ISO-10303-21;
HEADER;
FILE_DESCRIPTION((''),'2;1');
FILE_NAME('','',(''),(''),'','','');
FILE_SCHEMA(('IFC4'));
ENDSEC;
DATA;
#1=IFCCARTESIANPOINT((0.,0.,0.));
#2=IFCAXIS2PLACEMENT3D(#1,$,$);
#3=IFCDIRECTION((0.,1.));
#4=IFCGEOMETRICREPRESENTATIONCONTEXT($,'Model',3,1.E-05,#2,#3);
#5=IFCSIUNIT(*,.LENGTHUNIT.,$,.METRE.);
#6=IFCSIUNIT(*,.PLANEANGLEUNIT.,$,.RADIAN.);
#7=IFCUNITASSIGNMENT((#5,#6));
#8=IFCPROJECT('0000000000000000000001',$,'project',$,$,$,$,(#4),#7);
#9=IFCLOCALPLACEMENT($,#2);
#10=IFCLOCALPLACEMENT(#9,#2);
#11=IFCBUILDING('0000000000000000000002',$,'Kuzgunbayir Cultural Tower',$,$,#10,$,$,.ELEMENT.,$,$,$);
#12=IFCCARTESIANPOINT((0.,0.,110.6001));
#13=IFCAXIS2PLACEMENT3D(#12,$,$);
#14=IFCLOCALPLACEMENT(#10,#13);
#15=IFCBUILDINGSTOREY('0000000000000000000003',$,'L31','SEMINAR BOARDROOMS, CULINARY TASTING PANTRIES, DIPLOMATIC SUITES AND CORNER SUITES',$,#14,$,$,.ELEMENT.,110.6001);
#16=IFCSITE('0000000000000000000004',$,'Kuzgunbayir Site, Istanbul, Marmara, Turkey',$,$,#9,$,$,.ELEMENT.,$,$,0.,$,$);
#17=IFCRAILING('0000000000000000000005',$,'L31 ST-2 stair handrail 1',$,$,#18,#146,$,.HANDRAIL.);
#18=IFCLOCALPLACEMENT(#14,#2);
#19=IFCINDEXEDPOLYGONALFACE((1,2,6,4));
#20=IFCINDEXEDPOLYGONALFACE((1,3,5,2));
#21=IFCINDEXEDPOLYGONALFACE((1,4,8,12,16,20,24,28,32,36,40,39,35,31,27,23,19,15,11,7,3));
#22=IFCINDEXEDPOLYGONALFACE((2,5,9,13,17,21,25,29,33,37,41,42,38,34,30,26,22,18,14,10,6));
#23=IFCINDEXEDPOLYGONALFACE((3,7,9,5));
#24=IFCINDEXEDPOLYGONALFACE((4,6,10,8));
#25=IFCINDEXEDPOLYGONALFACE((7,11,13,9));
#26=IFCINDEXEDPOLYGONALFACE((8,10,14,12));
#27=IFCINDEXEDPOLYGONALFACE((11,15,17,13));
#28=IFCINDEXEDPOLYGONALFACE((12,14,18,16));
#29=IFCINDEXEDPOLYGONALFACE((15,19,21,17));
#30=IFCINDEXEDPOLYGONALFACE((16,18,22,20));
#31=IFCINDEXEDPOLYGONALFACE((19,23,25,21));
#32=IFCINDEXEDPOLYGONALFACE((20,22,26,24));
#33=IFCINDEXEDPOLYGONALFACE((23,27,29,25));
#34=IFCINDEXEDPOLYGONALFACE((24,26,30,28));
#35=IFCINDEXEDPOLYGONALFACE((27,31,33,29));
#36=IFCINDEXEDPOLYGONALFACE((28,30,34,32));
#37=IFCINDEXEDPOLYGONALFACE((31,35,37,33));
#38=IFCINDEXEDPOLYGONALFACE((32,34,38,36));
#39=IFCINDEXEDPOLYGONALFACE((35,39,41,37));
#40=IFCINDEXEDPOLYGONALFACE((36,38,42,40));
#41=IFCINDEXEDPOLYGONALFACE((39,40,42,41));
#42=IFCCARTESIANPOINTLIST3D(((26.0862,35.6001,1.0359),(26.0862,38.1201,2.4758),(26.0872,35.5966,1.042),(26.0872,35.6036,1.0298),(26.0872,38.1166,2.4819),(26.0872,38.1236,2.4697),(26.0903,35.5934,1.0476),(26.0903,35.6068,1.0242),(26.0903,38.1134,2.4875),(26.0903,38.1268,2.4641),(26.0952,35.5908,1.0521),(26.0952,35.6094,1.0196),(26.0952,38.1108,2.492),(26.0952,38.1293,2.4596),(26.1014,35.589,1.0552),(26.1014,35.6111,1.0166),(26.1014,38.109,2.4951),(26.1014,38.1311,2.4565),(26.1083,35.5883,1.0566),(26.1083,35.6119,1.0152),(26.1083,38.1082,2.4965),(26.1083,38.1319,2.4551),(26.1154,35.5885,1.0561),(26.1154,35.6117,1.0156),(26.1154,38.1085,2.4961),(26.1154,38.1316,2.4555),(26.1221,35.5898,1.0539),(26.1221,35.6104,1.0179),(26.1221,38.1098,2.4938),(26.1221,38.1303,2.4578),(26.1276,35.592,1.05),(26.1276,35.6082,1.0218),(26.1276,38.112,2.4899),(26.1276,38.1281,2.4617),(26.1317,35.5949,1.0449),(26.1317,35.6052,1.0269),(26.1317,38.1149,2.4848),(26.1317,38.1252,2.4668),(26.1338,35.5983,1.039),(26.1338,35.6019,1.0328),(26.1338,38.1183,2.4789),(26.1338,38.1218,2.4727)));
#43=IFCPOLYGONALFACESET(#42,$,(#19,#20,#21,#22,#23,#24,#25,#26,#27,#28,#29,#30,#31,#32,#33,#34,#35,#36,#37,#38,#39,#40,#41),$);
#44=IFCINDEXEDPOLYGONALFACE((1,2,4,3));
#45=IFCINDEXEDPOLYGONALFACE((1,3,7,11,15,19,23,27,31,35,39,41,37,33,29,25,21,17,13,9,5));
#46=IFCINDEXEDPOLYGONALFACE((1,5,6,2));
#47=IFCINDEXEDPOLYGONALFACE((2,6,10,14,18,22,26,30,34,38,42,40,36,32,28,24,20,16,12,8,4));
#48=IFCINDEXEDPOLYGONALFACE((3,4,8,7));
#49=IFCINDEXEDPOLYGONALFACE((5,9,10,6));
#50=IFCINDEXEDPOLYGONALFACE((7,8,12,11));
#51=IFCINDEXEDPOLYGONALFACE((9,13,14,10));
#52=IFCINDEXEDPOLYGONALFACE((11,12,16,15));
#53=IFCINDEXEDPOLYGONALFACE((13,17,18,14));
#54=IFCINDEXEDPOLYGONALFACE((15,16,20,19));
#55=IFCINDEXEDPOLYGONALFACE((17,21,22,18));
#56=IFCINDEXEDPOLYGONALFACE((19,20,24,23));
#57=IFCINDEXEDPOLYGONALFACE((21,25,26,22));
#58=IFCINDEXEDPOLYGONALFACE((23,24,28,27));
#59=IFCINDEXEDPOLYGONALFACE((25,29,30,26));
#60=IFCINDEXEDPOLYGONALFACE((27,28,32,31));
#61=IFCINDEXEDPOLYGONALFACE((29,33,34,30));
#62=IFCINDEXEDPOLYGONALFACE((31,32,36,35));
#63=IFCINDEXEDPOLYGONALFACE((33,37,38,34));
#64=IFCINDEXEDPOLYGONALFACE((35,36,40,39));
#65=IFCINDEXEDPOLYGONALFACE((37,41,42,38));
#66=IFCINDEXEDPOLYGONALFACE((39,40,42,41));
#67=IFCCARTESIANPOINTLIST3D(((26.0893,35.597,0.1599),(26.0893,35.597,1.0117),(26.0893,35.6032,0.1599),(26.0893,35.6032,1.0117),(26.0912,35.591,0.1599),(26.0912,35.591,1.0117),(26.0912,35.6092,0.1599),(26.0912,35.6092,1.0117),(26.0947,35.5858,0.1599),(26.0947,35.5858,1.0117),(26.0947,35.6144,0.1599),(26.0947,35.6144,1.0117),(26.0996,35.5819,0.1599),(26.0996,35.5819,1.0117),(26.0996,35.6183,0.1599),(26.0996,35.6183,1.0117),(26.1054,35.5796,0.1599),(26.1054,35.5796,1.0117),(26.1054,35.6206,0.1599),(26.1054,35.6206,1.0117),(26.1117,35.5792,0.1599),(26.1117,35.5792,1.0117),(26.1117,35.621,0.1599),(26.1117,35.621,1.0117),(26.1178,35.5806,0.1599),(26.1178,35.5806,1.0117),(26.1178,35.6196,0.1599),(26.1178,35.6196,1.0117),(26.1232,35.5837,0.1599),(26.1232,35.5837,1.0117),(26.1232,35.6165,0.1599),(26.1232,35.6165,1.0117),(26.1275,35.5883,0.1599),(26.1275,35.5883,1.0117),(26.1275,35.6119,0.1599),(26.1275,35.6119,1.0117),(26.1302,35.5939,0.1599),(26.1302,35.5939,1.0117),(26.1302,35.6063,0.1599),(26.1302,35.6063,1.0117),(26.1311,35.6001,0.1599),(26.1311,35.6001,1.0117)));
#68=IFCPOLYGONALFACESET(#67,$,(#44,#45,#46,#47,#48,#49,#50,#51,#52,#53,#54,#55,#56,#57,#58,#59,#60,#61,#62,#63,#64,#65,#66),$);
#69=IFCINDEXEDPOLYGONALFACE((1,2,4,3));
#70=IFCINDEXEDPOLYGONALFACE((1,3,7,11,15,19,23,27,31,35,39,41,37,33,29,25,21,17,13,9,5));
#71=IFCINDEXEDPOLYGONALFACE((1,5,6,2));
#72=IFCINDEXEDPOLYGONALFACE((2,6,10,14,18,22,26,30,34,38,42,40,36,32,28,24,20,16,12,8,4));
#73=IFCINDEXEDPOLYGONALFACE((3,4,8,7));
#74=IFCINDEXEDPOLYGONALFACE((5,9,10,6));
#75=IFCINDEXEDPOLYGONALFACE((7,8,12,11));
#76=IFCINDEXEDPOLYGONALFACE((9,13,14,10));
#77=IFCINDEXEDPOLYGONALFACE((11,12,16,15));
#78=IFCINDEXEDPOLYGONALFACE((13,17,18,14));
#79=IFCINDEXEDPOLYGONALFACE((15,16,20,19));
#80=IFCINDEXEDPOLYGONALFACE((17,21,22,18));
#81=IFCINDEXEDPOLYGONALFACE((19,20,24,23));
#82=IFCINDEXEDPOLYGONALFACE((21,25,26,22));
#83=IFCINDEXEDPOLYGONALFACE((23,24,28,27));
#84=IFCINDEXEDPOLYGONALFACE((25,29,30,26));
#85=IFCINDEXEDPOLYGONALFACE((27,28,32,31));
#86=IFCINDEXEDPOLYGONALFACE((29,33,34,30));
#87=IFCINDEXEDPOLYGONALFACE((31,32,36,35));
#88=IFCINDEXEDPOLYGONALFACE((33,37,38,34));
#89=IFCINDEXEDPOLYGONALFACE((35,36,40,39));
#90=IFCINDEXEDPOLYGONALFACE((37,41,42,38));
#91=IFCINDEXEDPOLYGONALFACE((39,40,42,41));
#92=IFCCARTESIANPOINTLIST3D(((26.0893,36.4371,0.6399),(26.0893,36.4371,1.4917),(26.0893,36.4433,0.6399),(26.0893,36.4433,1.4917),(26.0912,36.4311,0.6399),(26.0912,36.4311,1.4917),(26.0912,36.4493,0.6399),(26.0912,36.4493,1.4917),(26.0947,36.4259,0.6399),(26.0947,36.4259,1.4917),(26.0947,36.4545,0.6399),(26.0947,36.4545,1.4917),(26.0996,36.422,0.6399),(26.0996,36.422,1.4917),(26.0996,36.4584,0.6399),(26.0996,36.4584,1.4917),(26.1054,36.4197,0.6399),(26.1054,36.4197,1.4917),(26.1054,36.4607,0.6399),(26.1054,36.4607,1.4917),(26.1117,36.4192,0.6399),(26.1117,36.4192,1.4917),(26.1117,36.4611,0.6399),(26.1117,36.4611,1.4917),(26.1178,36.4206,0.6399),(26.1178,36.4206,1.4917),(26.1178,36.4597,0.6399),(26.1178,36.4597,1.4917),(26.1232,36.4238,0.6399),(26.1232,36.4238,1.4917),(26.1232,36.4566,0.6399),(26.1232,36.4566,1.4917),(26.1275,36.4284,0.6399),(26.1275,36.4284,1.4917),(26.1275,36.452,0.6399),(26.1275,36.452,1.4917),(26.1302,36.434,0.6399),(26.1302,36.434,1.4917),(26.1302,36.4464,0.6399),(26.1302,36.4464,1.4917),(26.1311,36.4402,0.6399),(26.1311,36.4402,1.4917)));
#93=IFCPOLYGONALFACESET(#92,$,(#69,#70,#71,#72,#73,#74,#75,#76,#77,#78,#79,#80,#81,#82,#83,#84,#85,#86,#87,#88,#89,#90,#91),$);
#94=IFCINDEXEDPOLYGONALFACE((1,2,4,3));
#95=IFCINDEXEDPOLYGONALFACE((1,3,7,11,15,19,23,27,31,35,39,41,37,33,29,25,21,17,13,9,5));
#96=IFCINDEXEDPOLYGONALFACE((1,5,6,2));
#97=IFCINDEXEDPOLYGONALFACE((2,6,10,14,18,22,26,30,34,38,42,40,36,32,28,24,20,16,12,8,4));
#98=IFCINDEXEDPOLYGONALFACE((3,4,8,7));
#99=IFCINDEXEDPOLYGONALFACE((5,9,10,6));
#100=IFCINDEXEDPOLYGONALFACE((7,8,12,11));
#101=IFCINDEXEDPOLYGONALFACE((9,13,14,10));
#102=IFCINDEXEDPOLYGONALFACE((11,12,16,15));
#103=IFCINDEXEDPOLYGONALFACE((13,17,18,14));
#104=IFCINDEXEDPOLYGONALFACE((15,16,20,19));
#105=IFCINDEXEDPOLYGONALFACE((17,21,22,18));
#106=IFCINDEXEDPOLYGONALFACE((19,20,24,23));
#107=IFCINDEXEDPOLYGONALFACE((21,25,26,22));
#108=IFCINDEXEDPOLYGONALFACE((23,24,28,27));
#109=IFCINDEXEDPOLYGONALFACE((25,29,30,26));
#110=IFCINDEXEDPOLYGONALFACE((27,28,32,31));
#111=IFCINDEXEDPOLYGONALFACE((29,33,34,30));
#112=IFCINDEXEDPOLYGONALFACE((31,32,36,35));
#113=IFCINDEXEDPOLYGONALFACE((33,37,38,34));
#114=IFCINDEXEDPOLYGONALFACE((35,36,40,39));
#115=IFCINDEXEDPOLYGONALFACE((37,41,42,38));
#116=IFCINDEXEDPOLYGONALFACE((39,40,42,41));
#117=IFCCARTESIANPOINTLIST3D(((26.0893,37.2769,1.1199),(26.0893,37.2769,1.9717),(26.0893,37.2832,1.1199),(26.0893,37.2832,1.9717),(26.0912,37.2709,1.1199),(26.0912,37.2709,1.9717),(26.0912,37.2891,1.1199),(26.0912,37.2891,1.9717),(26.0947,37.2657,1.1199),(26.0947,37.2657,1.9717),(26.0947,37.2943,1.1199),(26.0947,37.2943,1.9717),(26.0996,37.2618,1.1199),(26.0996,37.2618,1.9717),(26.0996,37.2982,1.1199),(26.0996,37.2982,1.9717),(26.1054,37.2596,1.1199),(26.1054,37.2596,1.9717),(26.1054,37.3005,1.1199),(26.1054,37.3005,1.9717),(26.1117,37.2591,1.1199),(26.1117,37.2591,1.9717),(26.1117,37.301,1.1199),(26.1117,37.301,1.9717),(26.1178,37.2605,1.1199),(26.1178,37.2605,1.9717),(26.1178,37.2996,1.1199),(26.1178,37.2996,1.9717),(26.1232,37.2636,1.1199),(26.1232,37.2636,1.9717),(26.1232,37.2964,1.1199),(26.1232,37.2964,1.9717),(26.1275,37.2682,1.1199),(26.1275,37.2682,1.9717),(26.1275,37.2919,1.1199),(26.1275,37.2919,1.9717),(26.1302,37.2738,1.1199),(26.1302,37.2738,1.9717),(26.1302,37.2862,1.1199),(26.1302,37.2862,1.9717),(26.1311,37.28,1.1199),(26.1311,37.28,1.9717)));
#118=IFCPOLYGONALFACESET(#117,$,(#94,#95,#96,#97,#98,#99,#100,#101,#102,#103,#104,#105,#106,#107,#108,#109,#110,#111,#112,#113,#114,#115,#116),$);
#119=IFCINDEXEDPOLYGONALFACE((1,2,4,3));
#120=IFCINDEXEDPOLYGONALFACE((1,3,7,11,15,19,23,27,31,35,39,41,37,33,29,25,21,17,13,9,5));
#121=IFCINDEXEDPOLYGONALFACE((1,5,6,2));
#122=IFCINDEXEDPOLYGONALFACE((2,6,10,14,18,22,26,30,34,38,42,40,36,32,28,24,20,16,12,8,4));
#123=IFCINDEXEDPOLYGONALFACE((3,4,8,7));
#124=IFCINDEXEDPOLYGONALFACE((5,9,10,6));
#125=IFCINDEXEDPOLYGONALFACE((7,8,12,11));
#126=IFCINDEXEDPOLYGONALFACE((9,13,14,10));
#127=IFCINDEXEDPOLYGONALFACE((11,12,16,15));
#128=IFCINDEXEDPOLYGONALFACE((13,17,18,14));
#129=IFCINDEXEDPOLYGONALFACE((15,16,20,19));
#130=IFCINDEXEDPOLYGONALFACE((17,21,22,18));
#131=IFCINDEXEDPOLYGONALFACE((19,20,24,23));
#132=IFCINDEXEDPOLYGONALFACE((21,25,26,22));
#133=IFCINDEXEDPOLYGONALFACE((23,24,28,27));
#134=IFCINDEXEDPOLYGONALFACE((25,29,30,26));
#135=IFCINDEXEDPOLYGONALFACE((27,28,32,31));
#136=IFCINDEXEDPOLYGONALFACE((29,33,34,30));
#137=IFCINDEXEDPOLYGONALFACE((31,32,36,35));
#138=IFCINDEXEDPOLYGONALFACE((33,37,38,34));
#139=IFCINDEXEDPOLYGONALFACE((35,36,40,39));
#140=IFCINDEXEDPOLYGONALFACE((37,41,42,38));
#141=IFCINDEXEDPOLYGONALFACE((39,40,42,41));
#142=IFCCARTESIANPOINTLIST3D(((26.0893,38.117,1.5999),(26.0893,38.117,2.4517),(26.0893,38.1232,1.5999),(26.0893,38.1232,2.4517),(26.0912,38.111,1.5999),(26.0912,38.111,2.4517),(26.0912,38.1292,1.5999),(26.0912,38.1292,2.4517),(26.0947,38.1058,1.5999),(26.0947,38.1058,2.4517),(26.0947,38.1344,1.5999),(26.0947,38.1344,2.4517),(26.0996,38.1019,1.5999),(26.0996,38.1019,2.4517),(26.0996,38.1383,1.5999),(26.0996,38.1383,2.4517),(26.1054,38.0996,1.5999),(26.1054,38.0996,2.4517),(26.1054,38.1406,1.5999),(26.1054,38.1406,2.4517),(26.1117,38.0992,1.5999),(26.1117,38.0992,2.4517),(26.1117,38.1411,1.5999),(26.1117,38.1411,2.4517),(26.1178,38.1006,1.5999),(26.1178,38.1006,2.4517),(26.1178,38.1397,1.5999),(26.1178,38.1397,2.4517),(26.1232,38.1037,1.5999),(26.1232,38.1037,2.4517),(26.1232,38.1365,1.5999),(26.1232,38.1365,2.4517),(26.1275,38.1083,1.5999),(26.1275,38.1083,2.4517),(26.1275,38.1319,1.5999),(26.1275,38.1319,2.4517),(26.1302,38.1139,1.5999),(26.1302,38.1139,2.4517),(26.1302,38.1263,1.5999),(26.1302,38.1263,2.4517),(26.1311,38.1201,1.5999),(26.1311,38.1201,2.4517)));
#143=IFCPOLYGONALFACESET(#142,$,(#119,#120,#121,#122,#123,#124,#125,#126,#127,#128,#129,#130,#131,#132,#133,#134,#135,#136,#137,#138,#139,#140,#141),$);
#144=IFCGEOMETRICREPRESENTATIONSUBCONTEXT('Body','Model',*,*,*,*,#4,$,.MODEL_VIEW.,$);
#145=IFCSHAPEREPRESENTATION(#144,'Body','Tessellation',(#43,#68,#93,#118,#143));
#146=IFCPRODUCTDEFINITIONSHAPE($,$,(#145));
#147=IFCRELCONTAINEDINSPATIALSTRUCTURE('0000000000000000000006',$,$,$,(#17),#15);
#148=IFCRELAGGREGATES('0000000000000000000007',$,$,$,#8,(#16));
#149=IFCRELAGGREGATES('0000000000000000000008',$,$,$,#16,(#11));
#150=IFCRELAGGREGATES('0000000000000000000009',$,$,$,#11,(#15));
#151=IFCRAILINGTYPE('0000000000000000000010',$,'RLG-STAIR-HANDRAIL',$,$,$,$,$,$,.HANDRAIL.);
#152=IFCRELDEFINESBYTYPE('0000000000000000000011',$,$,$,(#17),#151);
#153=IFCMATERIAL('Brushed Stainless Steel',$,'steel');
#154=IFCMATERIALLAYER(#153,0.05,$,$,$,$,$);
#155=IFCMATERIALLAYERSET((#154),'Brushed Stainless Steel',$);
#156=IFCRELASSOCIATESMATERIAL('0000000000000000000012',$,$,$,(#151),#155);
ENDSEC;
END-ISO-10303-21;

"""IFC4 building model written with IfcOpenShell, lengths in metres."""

from ifc_helpers import new_model, si_unit, direction, frame, origin, origin_2d, place, context, subcontext, project, spatial, circle, extrude, material, layer, layer_set, type_object, element, save


model = new_model("IFC4")

# Units and contexts
model_context = context("Model", 3, precision=1e-05, world=origin(), true_north=direction((0.0, 1.0)))
body_context = subcontext(model_context, "Body", "Model", "MODEL_VIEW")
ifc_project = project(units=[si_unit("LENGTHUNIT", "METRE"), si_unit("PLANEANGLEUNIT", "RADIAN")], contexts=[model_context])

# Site, building, storey
site_placement = place(None, origin())
site = spatial("IfcSite", under=ifc_project, at=site_placement, Name="Kuzgunbayir Site, Istanbul, Marmara, Turkey", CompositionType="ELEMENT", RefElevation=0.0)
building_placement = place(site_placement, origin())
building = spatial("IfcBuilding", under=site, at=building_placement, Name="Kuzgunbayir Cultural Tower", CompositionType="ELEMENT")
storey_placement = place(building_placement, frame((0.0, 0.0, 110.6001)))
storey = spatial("IfcBuildingStorey", under=building, at=storey_placement, Name="L31", Description="SEMINAR BOARDROOMS, CULINARY TASTING PANTRIES, DIPLOMATIC SUITES AND CORNER SUITES", CompositionType="ELEMENT", Elevation=110.6001)

# Shared definitions
ifc_material_1 = material(Name="Brushed Stainless Steel", Category="steel")

# Railing
ifc_layer_1 = layer(ifc_material_1, 0.05)
ifc_layer_set_1 = layer_set([ifc_layer_1], Name="Brushed Stainless Steel")
railing_type_1 = type_object("IfcRailingType", Name="RLG-STAIR-HANDRAIL", PredefinedType="HANDRAIL", material=ifc_layer_set_1)
railing_1_placement = place(storey_placement, frame((26.1101, 35.6001, 0.1599)))
element("IfcRailing", 1, at=railing_1_placement, inside=storey, type_object=railing_type_1, Name="L31 ST-2 stair handrail 1", PredefinedType="HANDRAIL", context=body_context, shape_type="SweptSolid", body=[
    extrude(circle(Radius=0.0239, at=origin_2d()), frame((0.0, 0.0, 0.876), z_axis=(0.0, 0.868253, 0.496121), x_axis=(-1.0, 0.0, 0.0)), (0.0, 0.0, 1.0), 2.9023),
    extrude(circle(Radius=0.021, at=origin_2d()), origin(), (0.0, 0.0, 1.0), 0.8518),
    extrude(circle(Radius=0.021, at=origin_2d()), frame((0.0, 0.8401, 0.48)), (0.0, 0.0, 1.0), 0.8518),
    extrude(circle(Radius=0.021, at=origin_2d()), frame((0.0, 1.6799, 0.96)), (0.0, 0.0, 1.0), 0.8518),
    extrude(circle(Radius=0.021, at=origin_2d()), frame((0.0, 2.52, 1.4399)), (0.0, 0.0, 1.0), 0.8518),
])

save(model, "model.ifc")
